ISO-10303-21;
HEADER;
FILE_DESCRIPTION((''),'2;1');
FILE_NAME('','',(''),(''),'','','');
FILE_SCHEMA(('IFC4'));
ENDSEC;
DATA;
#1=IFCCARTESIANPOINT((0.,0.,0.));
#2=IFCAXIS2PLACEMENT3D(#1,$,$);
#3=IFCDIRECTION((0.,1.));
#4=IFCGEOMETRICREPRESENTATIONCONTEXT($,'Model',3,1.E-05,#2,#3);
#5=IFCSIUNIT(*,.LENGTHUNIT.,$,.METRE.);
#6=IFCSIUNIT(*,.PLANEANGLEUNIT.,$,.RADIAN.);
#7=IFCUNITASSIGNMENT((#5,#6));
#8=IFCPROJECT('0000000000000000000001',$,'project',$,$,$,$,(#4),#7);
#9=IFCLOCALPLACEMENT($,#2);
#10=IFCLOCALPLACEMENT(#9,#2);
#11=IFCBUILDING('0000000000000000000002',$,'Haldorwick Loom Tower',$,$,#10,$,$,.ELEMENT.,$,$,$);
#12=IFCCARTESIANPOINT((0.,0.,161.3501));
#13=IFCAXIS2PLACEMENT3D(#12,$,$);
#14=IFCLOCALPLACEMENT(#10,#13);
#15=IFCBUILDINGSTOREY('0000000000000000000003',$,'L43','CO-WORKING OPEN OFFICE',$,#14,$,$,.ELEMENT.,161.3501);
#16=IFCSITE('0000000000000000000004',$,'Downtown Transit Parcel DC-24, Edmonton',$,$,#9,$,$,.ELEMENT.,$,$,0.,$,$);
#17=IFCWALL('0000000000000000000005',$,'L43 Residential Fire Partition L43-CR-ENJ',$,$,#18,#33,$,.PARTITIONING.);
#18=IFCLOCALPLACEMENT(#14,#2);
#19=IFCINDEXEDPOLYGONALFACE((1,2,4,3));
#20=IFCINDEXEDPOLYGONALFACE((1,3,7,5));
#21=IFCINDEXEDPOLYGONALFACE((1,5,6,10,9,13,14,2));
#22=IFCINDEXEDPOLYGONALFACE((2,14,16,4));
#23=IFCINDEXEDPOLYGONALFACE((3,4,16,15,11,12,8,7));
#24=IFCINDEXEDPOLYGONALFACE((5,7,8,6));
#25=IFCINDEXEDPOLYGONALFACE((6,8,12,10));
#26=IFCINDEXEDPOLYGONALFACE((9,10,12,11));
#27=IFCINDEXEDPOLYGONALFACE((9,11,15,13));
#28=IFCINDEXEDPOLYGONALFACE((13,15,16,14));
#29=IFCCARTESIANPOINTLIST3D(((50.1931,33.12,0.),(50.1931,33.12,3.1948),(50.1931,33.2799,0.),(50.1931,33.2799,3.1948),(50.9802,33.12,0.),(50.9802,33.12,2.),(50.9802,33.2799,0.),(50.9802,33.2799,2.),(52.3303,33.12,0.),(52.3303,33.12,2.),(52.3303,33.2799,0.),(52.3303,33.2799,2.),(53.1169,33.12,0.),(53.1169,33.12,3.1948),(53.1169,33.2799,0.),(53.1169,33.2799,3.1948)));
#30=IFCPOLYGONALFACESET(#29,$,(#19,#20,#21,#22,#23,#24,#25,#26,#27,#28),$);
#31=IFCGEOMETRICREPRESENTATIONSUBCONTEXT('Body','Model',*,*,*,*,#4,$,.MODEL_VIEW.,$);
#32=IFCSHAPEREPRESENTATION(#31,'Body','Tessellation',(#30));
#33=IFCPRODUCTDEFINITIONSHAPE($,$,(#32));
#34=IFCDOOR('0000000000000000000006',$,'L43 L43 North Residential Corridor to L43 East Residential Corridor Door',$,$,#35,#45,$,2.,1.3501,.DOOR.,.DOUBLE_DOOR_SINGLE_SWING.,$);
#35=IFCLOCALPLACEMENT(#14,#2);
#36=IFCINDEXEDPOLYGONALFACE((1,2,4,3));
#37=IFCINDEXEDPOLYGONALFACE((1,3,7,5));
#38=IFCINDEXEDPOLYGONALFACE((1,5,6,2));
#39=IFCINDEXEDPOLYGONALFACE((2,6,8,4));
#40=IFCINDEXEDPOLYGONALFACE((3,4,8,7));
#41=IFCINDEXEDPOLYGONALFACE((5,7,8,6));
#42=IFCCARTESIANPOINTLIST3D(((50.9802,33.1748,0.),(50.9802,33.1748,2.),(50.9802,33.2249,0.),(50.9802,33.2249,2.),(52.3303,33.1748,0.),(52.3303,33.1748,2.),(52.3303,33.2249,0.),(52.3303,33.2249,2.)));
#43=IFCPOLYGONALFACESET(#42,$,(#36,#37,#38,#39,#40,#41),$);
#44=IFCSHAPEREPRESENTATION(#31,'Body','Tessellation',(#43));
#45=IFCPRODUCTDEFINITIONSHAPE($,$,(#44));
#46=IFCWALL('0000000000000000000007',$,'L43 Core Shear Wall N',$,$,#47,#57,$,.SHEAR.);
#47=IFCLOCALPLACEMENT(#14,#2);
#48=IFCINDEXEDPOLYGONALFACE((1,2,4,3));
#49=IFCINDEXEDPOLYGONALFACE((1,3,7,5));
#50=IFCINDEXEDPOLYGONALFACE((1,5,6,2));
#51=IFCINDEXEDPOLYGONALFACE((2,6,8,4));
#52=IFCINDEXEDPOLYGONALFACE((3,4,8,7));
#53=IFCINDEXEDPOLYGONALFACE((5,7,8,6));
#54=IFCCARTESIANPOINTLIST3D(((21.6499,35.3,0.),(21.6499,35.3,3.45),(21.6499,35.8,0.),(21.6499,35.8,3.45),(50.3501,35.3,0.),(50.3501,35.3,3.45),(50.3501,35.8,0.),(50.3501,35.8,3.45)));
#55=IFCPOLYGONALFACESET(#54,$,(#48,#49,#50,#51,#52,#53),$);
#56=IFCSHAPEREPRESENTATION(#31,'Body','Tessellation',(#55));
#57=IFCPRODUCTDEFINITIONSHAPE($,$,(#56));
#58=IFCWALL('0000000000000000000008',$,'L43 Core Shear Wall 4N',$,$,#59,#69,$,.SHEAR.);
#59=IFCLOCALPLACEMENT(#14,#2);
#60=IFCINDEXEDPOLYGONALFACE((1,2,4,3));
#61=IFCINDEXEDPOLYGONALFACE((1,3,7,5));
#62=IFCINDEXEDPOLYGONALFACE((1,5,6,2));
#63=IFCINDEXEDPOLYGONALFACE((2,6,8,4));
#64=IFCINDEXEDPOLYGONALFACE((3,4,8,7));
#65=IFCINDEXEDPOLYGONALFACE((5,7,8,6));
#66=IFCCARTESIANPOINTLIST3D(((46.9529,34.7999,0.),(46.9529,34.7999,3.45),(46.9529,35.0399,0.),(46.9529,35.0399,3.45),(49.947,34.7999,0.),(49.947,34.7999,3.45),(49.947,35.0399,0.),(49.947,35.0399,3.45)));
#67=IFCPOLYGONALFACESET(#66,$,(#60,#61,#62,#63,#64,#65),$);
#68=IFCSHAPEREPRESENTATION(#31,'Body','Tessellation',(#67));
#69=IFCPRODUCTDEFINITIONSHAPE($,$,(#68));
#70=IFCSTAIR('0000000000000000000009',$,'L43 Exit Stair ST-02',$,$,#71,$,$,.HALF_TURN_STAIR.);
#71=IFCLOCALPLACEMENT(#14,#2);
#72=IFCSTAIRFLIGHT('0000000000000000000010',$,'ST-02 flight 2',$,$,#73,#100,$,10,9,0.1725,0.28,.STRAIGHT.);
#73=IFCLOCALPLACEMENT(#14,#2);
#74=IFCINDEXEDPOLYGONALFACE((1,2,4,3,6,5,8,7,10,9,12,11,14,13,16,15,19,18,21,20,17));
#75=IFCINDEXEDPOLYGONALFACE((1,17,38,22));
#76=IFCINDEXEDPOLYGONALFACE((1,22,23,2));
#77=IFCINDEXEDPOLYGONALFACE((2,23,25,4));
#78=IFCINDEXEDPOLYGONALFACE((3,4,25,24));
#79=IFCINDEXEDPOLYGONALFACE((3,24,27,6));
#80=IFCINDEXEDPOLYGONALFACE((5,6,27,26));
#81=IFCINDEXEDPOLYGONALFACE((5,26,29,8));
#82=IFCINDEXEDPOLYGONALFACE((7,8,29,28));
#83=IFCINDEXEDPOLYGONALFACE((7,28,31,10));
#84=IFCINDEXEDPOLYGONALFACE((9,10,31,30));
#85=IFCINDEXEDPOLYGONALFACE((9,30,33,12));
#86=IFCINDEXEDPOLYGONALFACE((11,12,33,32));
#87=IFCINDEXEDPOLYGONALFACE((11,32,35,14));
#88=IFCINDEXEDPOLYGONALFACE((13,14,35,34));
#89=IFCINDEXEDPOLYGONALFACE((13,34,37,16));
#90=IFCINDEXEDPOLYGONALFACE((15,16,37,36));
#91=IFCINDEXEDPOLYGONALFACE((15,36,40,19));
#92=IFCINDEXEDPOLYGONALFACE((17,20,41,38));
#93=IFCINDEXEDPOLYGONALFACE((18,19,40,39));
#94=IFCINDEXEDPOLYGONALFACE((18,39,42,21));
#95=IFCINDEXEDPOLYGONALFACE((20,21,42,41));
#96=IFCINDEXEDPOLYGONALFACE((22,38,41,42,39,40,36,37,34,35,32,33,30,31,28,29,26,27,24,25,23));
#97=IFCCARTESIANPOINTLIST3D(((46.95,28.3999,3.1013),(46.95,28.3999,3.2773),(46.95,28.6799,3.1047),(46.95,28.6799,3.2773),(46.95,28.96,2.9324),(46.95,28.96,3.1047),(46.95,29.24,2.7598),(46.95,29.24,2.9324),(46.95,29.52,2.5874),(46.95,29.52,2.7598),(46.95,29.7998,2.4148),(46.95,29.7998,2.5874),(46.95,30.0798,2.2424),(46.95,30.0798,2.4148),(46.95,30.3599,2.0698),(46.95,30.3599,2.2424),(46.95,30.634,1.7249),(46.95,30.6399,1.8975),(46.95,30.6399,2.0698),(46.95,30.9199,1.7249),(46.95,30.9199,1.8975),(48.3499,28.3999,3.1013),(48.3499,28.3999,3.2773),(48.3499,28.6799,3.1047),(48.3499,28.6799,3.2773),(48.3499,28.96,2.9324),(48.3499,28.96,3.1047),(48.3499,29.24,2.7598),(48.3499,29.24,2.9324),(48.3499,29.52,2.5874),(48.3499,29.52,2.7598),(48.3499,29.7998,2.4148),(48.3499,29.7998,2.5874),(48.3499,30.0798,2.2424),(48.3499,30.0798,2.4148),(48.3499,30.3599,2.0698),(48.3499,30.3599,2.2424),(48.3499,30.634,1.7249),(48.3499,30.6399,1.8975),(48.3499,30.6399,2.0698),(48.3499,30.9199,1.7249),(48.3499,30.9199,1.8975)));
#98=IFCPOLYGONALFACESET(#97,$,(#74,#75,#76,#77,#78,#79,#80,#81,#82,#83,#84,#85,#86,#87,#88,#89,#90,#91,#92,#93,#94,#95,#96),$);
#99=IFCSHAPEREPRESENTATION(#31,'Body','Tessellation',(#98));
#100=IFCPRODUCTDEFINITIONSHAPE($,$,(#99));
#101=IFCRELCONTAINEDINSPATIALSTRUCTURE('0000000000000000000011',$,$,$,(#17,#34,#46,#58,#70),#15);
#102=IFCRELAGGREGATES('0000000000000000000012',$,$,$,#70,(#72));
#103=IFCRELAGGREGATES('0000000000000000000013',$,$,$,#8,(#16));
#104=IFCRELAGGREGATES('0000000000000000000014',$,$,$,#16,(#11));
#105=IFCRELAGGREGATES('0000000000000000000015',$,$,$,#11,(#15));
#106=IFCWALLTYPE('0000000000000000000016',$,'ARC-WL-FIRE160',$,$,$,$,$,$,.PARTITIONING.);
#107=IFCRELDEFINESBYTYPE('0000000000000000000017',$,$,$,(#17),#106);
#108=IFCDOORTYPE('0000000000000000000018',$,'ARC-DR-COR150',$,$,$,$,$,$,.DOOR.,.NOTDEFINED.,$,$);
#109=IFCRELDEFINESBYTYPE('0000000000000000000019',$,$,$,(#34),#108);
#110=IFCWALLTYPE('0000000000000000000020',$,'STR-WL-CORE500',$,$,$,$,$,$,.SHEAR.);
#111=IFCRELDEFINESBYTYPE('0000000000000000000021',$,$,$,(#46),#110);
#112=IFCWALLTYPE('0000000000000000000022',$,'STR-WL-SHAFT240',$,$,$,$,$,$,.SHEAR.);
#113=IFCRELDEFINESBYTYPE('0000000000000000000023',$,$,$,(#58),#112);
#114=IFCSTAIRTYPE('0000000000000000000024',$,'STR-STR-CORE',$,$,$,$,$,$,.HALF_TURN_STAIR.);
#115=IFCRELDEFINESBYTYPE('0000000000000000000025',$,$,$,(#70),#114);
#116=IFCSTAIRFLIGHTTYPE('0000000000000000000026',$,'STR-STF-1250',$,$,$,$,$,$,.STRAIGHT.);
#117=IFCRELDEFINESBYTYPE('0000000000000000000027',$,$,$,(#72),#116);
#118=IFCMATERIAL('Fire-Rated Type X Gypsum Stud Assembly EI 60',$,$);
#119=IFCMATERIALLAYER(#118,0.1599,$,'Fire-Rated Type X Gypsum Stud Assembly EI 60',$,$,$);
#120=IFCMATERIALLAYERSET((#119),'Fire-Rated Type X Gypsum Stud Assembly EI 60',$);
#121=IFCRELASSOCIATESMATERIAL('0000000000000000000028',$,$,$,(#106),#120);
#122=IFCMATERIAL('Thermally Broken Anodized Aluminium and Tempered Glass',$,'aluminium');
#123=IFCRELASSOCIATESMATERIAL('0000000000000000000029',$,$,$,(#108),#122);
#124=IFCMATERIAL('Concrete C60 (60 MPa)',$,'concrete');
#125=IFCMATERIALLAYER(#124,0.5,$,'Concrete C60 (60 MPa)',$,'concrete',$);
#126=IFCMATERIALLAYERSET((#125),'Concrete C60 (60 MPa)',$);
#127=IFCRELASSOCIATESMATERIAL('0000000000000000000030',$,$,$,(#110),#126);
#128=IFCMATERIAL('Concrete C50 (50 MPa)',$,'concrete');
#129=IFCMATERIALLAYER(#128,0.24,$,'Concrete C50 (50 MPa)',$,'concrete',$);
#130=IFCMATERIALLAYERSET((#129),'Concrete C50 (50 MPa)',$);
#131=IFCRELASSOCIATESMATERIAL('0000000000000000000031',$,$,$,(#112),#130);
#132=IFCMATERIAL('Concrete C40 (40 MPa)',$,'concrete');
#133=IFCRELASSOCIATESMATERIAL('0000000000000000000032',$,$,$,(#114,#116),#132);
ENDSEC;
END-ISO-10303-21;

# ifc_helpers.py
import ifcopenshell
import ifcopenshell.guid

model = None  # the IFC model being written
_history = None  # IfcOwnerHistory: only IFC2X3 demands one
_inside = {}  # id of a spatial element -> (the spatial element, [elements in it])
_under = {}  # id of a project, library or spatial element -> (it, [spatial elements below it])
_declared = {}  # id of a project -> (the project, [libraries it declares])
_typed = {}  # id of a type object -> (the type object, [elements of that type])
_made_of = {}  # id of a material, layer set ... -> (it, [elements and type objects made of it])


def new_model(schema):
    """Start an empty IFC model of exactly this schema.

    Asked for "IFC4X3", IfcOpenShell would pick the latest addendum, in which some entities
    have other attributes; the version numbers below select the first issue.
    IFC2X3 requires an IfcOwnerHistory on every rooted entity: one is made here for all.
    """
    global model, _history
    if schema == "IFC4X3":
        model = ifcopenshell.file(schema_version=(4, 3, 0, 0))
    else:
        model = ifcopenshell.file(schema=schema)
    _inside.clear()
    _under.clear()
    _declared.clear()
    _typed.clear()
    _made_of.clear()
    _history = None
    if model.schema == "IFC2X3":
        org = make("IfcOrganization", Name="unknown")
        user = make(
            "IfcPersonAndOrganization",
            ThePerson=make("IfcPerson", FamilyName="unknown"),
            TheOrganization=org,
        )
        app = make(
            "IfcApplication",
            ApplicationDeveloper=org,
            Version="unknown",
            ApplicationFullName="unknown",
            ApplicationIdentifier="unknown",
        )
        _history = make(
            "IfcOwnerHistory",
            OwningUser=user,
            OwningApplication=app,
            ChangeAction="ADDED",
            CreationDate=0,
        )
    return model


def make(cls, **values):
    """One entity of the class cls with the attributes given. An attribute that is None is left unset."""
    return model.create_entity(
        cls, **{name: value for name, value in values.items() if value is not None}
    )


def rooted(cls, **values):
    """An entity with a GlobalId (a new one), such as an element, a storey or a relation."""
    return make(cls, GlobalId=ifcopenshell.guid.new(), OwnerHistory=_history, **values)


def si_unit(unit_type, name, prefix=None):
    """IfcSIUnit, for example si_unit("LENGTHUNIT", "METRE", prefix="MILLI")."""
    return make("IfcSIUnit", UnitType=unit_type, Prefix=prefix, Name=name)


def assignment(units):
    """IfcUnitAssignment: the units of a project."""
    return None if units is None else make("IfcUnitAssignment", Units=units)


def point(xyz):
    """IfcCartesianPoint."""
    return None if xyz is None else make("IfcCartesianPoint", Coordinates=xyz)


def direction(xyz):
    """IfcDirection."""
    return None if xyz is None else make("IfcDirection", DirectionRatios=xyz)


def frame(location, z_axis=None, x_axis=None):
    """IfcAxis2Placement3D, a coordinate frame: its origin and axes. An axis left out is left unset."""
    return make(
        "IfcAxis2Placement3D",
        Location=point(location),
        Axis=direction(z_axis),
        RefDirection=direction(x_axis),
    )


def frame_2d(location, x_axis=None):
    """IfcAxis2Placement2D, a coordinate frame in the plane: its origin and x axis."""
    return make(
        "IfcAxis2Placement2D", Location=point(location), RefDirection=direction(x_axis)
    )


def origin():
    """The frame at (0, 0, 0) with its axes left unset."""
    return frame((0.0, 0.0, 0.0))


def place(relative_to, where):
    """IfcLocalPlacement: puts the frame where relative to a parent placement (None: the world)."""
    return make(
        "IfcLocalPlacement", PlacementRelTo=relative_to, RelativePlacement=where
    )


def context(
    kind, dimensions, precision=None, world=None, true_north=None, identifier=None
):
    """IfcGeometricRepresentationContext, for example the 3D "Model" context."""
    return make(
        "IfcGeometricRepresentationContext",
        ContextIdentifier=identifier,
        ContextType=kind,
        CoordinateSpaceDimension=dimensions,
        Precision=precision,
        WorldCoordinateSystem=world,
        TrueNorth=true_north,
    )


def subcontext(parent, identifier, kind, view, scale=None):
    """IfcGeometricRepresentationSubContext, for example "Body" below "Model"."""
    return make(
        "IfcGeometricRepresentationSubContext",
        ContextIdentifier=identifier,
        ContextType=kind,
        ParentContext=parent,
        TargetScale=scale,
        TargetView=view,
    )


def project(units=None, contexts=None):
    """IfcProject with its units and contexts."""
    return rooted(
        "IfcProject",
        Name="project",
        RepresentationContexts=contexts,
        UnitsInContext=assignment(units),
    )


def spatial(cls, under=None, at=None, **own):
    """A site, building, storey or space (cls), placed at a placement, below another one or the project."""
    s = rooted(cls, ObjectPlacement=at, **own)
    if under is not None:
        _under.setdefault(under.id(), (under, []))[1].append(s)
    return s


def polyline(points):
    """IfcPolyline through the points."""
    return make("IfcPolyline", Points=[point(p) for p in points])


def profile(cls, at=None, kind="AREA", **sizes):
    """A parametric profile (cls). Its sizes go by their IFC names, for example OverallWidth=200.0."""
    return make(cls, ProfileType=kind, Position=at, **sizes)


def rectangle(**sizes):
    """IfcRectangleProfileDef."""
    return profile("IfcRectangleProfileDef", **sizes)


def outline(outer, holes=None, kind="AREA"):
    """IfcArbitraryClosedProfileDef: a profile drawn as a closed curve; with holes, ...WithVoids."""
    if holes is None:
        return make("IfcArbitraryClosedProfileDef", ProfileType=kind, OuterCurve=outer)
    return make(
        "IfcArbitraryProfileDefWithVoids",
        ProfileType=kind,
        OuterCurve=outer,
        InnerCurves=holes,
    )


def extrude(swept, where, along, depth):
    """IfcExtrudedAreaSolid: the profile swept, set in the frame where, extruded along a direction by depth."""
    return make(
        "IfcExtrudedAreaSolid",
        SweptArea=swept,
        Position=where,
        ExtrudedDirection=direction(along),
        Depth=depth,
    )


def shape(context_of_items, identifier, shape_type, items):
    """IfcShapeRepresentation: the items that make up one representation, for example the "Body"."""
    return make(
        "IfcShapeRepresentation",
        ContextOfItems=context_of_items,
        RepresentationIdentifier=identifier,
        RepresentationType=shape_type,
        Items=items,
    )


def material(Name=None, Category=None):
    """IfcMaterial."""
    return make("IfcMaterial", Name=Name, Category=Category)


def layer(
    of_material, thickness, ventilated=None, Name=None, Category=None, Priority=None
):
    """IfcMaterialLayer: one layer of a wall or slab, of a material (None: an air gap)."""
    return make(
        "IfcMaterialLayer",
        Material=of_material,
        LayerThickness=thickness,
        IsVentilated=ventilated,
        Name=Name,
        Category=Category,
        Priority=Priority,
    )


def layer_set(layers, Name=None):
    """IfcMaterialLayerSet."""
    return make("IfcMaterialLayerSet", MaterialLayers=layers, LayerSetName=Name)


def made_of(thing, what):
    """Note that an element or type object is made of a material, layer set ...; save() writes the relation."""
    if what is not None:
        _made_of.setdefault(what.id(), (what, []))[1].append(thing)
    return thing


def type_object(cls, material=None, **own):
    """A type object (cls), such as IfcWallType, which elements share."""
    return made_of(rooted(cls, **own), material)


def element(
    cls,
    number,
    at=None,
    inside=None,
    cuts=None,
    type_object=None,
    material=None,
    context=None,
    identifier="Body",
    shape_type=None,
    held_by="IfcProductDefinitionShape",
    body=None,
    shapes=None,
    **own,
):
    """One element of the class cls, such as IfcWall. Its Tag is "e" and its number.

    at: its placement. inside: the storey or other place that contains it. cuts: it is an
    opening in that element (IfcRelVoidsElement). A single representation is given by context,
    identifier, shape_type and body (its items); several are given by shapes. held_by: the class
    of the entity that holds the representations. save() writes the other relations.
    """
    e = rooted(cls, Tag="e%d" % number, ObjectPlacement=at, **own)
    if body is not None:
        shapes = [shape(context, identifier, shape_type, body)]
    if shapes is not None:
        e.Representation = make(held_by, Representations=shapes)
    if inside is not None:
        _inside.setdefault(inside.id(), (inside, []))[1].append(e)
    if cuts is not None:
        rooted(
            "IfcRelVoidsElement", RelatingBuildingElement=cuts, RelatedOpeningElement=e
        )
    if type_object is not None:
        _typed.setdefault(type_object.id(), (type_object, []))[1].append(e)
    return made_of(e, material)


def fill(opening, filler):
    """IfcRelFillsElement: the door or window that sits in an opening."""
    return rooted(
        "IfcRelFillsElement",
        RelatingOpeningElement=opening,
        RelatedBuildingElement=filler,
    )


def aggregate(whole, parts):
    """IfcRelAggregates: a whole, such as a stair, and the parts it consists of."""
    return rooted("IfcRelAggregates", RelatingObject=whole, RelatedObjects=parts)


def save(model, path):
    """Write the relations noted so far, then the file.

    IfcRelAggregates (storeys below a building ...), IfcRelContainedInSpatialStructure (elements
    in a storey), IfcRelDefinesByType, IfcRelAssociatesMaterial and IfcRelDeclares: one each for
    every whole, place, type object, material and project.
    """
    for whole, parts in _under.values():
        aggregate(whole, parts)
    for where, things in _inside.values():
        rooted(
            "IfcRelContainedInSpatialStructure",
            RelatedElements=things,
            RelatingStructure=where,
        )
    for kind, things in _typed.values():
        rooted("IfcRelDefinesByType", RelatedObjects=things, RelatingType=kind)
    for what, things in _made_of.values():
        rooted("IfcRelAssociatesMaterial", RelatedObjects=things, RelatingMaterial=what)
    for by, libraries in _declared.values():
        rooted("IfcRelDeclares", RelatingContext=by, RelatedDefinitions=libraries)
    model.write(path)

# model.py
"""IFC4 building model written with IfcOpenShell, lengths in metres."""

from ifc_helpers import new_model, si_unit, direction, frame, frame_2d, origin, place, context, subcontext, project, spatial, polyline, rectangle, outline, extrude, material, layer, layer_set, type_object, element, fill, aggregate, save


model = new_model("IFC4")

# Units and contexts
model_context = context("Model", 3, precision=1e-05, world=origin(), true_north=direction((0.0, 1.0)))
body_context = subcontext(model_context, "Body", "Model", "MODEL_VIEW")
ifc_project = project(units=[si_unit("LENGTHUNIT", "METRE"), si_unit("PLANEANGLEUNIT", "RADIAN")], contexts=[model_context])

# Site, building, storey
site_placement = place(None, origin())
site = spatial("IfcSite", under=ifc_project, at=site_placement, Name="Downtown Transit Parcel DC-24, Edmonton", CompositionType="ELEMENT", RefElevation=0.0)
building_placement = place(site_placement, origin())
building = spatial("IfcBuilding", under=site, at=building_placement, Name="Haldorwick Loom Tower", CompositionType="ELEMENT")
storey_placement = place(building_placement, frame((0.0, 0.0, 161.3501)))
storey = spatial("IfcBuildingStorey", under=building, at=storey_placement, Name="L43", Description="CO-WORKING OPEN OFFICE", CompositionType="ELEMENT", Elevation=161.3501)

# Shared definitions
ifc_material_1 = material(Name="Concrete C60 (60 MPa)", Category="concrete")

# Wall, opening, door
ifc_material_2 = material(Name="Fire-Rated Type X Gypsum Stud Assembly EI 60")
ifc_layer_1 = layer(ifc_material_2, 0.1599, Name="Fire-Rated Type X Gypsum Stud Assembly EI 60")
ifc_layer_set_1 = layer_set([ifc_layer_1], Name="Fire-Rated Type X Gypsum Stud Assembly EI 60")
wall_type_1 = type_object("IfcWallType", Name="ARC-WL-FIRE160", PredefinedType="PARTITIONING", material=ifc_layer_set_1)
wall_1_placement = place(storey_placement, frame((50.1931, 33.2, 0.0), z_axis=(0.0, 0.0, 1.0), x_axis=(1.0, 0.0, 0.0)))
wall_1 = element("IfcWall", 1, at=wall_1_placement, inside=storey, type_object=wall_type_1, Name="L43 Residential Fire Partition L43-CR-ENJ", PredefinedType="PARTITIONING", context=body_context, shape_type="SweptSolid", body=[
    extrude(rectangle(XDim=2.9238, YDim=0.1599, at=frame_2d((1.4619, 0.0))), origin(), (0.0, 0.0, 1.0), 3.1948),
])
opening_1_placement = place(wall_1_placement, frame((0.7871, 0.0, 0.0)))
opening_1 = element("IfcOpeningElement", 2, at=opening_1_placement, cuts=wall_1, PredefinedType="OPENING", context=body_context, shape_type="SweptSolid", body=[
    extrude(rectangle(XDim=1.3501, YDim=2.0, at=frame_2d((0.675, 1.0))), frame((0.0, 0.0898, 0.0), z_axis=(0.0, -1.0, 0.0), x_axis=(1.0, 0.0, 0.0)), (0.0, 0.0, 1.0), 0.1799),
])
ifc_material_3 = material(Name="Thermally Broken Anodized Aluminium and Tempered Glass", Category="aluminium")
door_type = type_object("IfcDoorType", Name="ARC-DR-COR150", OperationType="NOTDEFINED", PredefinedType="DOOR", material=ifc_material_3)
door_placement = place(opening_1_placement, origin())
door = element("IfcDoor", 3, at=door_placement, inside=storey, type_object=door_type, Name="L43 L43 North Residential Corridor to L43 East Residential Corridor Door", OperationType="DOUBLE_DOOR_SINGLE_SWING", OverallHeight=2.0, OverallWidth=1.3501, PredefinedType="DOOR", context=body_context, shape_type="SweptSolid", body=[
    extrude(rectangle(XDim=1.3501, YDim=2.0, at=frame_2d((0.675, 1.0))), frame((0.0, 0.0249, 0.0), z_axis=(0.0, -1.0, 0.0), x_axis=(1.0, 0.0, 0.0)), (0.0, 0.0, 1.0), 0.05),
])
fill(opening_1, door)

# Walls
ifc_layer_2 = layer(ifc_material_1, 0.5, Name="Concrete C60 (60 MPa)", Category="concrete")
ifc_layer_set_2 = layer_set([ifc_layer_2], Name="Concrete C60 (60 MPa)")
wall_type_2 = type_object("IfcWallType", Name="STR-WL-CORE500", PredefinedType="SHEAR", material=ifc_layer_set_2)
wall_2_placement = place(storey_placement, frame((50.3501, 35.55, 0.0), z_axis=(0.0, 0.0, 1.0), x_axis=(-1.0, 0.0, 0.0)))
element("IfcWall", 4, at=wall_2_placement, inside=storey, type_object=wall_type_2, Name="L43 Core Shear Wall N", PredefinedType="SHEAR", context=body_context, shape_type="SweptSolid", body=[
    extrude(rectangle(XDim=28.7002, YDim=0.5, at=frame_2d((14.3501, 0.0))), origin(), (0.0, 0.0, 1.0), 3.45),
])
ifc_material_4 = material(Name="Concrete C50 (50 MPa)", Category="concrete")
ifc_layer_3 = layer(ifc_material_4, 0.24, Name="Concrete C50 (50 MPa)", Category="concrete")
ifc_layer_set_3 = layer_set([ifc_layer_3], Name="Concrete C50 (50 MPa)")
wall_type_3 = type_object("IfcWallType", Name="STR-WL-SHAFT240", PredefinedType="SHEAR", material=ifc_layer_set_3)
wall_3_placement = place(storey_placement, frame((46.9529, 34.9199, 0.0), z_axis=(0.0, 0.0, 1.0), x_axis=(1.0, 0.0, 0.0)))
element("IfcWall", 5, at=wall_3_placement, inside=storey, type_object=wall_type_3, Name="L43 Core Shear Wall 4N", PredefinedType="SHEAR", context=body_context, shape_type="SweptSolid", body=[
    extrude(rectangle(XDim=2.9941, YDim=0.24, at=frame_2d((1.4971, 0.0))), origin(), (0.0, 0.0, 1.0), 3.45),
])

# Stair, stair flight
ifc_material_5 = material(Name="Concrete C40 (40 MPa)", Category="concrete")
stair_type = type_object("IfcStairType", Name="STR-STR-CORE", PredefinedType="HALF_TURN_STAIR", material=ifc_material_5)
stair_placement = place(storey_placement, origin())
stair = element("IfcStair", 6, at=stair_placement, inside=storey, type_object=stair_type, Name="L43 Exit Stair ST-02", PredefinedType="HALF_TURN_STAIR")
stair_flight_type = type_object("IfcStairFlightType", Name="STR-STF-1250", PredefinedType="STRAIGHT", material=ifc_material_5)
stair_flight_placement = place(storey_placement, frame((47.6499, 30.9199, 1.7249), z_axis=(0.0, 0.0, 1.0), x_axis=(0.0, -1.0, 0.0)))
stair_flight = element("IfcStairFlight", 7, at=stair_flight_placement, type_object=stair_flight_type, Name="ST-02 flight 2", NumberOfRisers=10, NumberOfTreads=9, PredefinedType="STRAIGHT", RiserHeight=0.1725, TreadLength=0.28, context=body_context, shape_type="SweptSolid", body=[
    extrude(outline(polyline([(0.0, 0.0), (0.0, 0.1726), (0.28, 0.1726), (0.28, 0.345), (0.5601, 0.345), (0.5601, 0.5176), (0.8401, 0.5176), (0.8401, 0.6899), (1.1201, 0.6899), (1.1201, 0.8625), (1.3999, 0.8625), (1.3999, 1.0349), (1.6799, 1.0349), (1.6799, 1.2075), (1.96, 1.2075), (1.96, 1.3799), (2.24, 1.3799), (2.24, 1.5525), (2.52, 1.5525), (2.52, 1.7251), (2.52, 1.3765), (0.2859, 0.0), (0.0, 0.0)])), frame((0.0, 0.7, 0.0), z_axis=(0.0, -1.0, 0.0), x_axis=(1.0, 0.0, 0.0)), (0.0, 0.0, 1.0), 1.3999),
])
aggregate(stair, [stair_flight])

save(model, "model.ifc")
